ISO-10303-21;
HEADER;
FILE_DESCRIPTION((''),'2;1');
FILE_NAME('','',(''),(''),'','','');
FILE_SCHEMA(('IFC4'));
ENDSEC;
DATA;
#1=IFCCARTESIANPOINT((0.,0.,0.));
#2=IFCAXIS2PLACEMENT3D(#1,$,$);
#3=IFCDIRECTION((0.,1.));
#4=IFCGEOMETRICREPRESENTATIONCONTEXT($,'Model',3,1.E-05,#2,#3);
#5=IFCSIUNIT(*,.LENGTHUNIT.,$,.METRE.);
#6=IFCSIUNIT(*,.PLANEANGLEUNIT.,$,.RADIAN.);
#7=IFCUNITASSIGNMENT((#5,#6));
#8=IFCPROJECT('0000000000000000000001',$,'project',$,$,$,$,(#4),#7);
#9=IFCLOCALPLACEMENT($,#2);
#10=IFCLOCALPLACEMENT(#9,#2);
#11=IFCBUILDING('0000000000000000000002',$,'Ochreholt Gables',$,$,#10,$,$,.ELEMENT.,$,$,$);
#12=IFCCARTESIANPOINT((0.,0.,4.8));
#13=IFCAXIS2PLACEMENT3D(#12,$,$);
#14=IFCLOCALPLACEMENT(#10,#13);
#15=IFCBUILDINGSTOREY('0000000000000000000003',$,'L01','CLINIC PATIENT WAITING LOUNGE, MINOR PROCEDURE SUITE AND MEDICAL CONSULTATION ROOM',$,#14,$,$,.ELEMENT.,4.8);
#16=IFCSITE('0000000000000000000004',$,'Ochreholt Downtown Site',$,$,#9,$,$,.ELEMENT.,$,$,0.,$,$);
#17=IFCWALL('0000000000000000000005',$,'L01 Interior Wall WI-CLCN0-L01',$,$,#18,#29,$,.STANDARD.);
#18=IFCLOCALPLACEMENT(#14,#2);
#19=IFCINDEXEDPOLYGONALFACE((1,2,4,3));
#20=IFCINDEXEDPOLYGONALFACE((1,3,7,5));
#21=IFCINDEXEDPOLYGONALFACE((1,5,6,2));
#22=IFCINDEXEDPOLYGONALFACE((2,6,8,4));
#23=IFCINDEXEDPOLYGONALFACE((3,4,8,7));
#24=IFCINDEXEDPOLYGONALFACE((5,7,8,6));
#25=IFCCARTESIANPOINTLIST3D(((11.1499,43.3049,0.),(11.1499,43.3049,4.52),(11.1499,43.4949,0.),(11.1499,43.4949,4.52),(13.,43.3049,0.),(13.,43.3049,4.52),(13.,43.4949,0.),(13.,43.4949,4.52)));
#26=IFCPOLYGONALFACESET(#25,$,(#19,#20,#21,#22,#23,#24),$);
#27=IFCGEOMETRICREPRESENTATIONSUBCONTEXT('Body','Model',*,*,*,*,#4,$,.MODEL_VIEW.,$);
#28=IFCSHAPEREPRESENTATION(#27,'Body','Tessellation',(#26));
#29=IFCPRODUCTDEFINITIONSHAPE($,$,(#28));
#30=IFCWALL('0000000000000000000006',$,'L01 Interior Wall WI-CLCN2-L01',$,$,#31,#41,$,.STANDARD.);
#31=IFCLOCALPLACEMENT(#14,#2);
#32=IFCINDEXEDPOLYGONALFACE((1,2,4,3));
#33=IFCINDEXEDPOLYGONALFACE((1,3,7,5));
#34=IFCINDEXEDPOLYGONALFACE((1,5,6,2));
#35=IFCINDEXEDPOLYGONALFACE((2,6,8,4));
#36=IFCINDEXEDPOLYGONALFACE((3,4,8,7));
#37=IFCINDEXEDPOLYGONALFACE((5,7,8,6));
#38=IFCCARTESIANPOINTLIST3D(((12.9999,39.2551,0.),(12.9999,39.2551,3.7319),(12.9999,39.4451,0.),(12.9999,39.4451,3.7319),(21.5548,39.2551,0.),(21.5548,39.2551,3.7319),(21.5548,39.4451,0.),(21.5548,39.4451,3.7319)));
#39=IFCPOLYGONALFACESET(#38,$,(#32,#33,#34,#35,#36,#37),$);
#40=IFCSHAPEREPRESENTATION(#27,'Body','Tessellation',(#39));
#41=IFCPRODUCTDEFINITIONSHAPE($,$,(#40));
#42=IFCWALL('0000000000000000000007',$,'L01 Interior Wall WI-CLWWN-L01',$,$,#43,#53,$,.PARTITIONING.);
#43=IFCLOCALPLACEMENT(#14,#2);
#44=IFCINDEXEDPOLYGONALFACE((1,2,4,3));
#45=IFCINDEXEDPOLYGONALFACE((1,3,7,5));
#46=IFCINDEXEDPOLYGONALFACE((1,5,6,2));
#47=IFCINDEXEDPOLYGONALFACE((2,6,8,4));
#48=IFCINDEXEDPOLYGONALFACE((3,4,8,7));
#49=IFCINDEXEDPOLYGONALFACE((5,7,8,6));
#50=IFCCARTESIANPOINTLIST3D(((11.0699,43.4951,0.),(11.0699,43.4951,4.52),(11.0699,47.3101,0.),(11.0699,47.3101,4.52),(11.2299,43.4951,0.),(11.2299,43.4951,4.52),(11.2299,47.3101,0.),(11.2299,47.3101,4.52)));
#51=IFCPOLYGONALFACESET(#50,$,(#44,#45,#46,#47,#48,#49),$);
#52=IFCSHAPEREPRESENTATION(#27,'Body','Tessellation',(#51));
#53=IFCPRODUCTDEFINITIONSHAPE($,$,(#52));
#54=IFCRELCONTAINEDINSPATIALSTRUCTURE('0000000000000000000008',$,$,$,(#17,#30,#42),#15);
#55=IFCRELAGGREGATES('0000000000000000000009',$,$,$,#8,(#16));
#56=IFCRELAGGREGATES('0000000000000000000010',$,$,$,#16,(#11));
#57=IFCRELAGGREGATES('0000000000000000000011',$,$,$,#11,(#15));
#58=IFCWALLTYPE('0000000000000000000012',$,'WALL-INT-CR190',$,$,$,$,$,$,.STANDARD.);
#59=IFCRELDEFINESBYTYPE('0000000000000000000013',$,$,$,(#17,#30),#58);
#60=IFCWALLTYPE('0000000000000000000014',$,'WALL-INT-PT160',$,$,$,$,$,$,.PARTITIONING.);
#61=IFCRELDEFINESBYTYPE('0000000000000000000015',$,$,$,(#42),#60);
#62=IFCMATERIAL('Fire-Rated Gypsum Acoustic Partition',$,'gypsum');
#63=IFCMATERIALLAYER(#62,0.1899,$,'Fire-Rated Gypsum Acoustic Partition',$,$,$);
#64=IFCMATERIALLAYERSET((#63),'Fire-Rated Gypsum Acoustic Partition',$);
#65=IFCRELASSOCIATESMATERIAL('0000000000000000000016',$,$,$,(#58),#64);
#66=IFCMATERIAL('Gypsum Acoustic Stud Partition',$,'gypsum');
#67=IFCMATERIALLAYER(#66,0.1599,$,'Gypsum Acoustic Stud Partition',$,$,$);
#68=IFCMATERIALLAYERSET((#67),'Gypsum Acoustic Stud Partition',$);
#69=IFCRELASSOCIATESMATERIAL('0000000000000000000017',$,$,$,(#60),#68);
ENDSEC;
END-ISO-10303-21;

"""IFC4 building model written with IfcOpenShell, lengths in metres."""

from ifc_helpers import new_model, si_unit, direction, frame, frame_2d, origin, place, context, subcontext, project, spatial, rectangle, extrude, material, layer, layer_set, type_object, element, save


model = new_model("IFC4")

# Units and contexts
model_context = context("Model", 3, precision=1e-05, world=origin(), true_north=direction((0.0, 1.0)))
body_context = subcontext(model_context, "Body", "Model", "MODEL_VIEW")
ifc_project = project(units=[si_unit("LENGTHUNIT", "METRE"), si_unit("PLANEANGLEUNIT", "RADIAN")], contexts=[model_context])

# Site, building, storey
site_placement = place(None, origin())
site = spatial("IfcSite", under=ifc_project, at=site_placement, Name="Ochreholt Downtown Site", CompositionType="ELEMENT", RefElevation=0.0)
building_placement = place(site_placement, origin())
building = spatial("IfcBuilding", under=site, at=building_placement, Name="Ochreholt Gables", CompositionType="ELEMENT")
storey_placement = place(building_placement, frame((0.0, 0.0, 4.8)))
storey = spatial("IfcBuildingStorey", under=building, at=storey_placement, Name="L01", Description="CLINIC PATIENT WAITING LOUNGE, MINOR PROCEDURE SUITE AND MEDICAL CONSULTATION ROOM", CompositionType="ELEMENT", Elevation=4.8)

# Walls
ifc_material_1 = material(Name="Fire-Rated Gypsum Acoustic Partition", Category="gypsum")
ifc_layer_1 = layer(ifc_material_1, 0.1899, Name="Fire-Rated Gypsum Acoustic Partition")
ifc_layer_set_1 = layer_set([ifc_layer_1], Name="Fire-Rated Gypsum Acoustic Partition")
wall_type_1 = type_object("IfcWallType", Name="WALL-INT-CR190", PredefinedType="STANDARD", material=ifc_layer_set_1)
wall_1_placement = place(storey_placement, frame((11.1499, 43.3999, 0.0), z_axis=(0.0, 0.0, 1.0), x_axis=(1.0, 0.0, 0.0)))
element("IfcWall", 1, at=wall_1_placement, inside=storey, type_object=wall_type_1, Name="L01 Interior Wall WI-CLCN0-L01", PredefinedType="STANDARD", context=body_context, shape_type="SweptSolid", body=[
    extrude(rectangle(XDim=1.8501, YDim=0.1899, at=frame_2d((0.925, 0.0))), origin(), (0.0, 0.0, 1.0), 4.52),
])
wall_2_placement = place(storey_placement, frame((13.0, 39.3501, 0.0), z_axis=(0.0, 0.0, 1.0), x_axis=(1.0, 0.0, 0.0)))
element("IfcWall", 2, at=wall_2_placement, inside=storey, type_object=wall_type_1, Name="L01 Interior Wall WI-CLCN2-L01", PredefinedType="STANDARD", context=body_context, shape_type="SweptSolid", body=[
    extrude(rectangle(XDim=8.5549, YDim=0.1899, at=frame_2d((4.2773, 0.0))), origin(), (0.0, 0.0, 1.0), 3.7319),
])
ifc_material_2 = material(Name="Gypsum Acoustic Stud Partition", Category="gypsum")
ifc_layer_2 = layer(ifc_material_2, 0.1599, Name="Gypsum Acoustic Stud Partition")
ifc_layer_set_2 = layer_set([ifc_layer_2], Name="Gypsum Acoustic Stud Partition")
wall_type_2 = type_object("IfcWallType", Name="WALL-INT-PT160", PredefinedType="PARTITIONING", material=ifc_layer_set_2)
wall_3_placement = place(storey_placement, frame((11.1499, 43.4951, 0.0), z_axis=(0.0, 0.0, 1.0), x_axis=(0.0, 1.0, 0.0)))
element("IfcWall", 3, at=wall_3_placement, inside=storey, type_object=wall_type_2, Name="L01 Interior Wall WI-CLWWN-L01", PredefinedType="PARTITIONING", context=body_context, shape_type="SweptSolid", body=[
    extrude(rectangle(XDim=3.8149, YDim=0.1599, at=frame_2d((1.9075, 0.0))), origin(), (0.0, 0.0, 1.0), 4.52),
])

save(model, "model.ifc")
